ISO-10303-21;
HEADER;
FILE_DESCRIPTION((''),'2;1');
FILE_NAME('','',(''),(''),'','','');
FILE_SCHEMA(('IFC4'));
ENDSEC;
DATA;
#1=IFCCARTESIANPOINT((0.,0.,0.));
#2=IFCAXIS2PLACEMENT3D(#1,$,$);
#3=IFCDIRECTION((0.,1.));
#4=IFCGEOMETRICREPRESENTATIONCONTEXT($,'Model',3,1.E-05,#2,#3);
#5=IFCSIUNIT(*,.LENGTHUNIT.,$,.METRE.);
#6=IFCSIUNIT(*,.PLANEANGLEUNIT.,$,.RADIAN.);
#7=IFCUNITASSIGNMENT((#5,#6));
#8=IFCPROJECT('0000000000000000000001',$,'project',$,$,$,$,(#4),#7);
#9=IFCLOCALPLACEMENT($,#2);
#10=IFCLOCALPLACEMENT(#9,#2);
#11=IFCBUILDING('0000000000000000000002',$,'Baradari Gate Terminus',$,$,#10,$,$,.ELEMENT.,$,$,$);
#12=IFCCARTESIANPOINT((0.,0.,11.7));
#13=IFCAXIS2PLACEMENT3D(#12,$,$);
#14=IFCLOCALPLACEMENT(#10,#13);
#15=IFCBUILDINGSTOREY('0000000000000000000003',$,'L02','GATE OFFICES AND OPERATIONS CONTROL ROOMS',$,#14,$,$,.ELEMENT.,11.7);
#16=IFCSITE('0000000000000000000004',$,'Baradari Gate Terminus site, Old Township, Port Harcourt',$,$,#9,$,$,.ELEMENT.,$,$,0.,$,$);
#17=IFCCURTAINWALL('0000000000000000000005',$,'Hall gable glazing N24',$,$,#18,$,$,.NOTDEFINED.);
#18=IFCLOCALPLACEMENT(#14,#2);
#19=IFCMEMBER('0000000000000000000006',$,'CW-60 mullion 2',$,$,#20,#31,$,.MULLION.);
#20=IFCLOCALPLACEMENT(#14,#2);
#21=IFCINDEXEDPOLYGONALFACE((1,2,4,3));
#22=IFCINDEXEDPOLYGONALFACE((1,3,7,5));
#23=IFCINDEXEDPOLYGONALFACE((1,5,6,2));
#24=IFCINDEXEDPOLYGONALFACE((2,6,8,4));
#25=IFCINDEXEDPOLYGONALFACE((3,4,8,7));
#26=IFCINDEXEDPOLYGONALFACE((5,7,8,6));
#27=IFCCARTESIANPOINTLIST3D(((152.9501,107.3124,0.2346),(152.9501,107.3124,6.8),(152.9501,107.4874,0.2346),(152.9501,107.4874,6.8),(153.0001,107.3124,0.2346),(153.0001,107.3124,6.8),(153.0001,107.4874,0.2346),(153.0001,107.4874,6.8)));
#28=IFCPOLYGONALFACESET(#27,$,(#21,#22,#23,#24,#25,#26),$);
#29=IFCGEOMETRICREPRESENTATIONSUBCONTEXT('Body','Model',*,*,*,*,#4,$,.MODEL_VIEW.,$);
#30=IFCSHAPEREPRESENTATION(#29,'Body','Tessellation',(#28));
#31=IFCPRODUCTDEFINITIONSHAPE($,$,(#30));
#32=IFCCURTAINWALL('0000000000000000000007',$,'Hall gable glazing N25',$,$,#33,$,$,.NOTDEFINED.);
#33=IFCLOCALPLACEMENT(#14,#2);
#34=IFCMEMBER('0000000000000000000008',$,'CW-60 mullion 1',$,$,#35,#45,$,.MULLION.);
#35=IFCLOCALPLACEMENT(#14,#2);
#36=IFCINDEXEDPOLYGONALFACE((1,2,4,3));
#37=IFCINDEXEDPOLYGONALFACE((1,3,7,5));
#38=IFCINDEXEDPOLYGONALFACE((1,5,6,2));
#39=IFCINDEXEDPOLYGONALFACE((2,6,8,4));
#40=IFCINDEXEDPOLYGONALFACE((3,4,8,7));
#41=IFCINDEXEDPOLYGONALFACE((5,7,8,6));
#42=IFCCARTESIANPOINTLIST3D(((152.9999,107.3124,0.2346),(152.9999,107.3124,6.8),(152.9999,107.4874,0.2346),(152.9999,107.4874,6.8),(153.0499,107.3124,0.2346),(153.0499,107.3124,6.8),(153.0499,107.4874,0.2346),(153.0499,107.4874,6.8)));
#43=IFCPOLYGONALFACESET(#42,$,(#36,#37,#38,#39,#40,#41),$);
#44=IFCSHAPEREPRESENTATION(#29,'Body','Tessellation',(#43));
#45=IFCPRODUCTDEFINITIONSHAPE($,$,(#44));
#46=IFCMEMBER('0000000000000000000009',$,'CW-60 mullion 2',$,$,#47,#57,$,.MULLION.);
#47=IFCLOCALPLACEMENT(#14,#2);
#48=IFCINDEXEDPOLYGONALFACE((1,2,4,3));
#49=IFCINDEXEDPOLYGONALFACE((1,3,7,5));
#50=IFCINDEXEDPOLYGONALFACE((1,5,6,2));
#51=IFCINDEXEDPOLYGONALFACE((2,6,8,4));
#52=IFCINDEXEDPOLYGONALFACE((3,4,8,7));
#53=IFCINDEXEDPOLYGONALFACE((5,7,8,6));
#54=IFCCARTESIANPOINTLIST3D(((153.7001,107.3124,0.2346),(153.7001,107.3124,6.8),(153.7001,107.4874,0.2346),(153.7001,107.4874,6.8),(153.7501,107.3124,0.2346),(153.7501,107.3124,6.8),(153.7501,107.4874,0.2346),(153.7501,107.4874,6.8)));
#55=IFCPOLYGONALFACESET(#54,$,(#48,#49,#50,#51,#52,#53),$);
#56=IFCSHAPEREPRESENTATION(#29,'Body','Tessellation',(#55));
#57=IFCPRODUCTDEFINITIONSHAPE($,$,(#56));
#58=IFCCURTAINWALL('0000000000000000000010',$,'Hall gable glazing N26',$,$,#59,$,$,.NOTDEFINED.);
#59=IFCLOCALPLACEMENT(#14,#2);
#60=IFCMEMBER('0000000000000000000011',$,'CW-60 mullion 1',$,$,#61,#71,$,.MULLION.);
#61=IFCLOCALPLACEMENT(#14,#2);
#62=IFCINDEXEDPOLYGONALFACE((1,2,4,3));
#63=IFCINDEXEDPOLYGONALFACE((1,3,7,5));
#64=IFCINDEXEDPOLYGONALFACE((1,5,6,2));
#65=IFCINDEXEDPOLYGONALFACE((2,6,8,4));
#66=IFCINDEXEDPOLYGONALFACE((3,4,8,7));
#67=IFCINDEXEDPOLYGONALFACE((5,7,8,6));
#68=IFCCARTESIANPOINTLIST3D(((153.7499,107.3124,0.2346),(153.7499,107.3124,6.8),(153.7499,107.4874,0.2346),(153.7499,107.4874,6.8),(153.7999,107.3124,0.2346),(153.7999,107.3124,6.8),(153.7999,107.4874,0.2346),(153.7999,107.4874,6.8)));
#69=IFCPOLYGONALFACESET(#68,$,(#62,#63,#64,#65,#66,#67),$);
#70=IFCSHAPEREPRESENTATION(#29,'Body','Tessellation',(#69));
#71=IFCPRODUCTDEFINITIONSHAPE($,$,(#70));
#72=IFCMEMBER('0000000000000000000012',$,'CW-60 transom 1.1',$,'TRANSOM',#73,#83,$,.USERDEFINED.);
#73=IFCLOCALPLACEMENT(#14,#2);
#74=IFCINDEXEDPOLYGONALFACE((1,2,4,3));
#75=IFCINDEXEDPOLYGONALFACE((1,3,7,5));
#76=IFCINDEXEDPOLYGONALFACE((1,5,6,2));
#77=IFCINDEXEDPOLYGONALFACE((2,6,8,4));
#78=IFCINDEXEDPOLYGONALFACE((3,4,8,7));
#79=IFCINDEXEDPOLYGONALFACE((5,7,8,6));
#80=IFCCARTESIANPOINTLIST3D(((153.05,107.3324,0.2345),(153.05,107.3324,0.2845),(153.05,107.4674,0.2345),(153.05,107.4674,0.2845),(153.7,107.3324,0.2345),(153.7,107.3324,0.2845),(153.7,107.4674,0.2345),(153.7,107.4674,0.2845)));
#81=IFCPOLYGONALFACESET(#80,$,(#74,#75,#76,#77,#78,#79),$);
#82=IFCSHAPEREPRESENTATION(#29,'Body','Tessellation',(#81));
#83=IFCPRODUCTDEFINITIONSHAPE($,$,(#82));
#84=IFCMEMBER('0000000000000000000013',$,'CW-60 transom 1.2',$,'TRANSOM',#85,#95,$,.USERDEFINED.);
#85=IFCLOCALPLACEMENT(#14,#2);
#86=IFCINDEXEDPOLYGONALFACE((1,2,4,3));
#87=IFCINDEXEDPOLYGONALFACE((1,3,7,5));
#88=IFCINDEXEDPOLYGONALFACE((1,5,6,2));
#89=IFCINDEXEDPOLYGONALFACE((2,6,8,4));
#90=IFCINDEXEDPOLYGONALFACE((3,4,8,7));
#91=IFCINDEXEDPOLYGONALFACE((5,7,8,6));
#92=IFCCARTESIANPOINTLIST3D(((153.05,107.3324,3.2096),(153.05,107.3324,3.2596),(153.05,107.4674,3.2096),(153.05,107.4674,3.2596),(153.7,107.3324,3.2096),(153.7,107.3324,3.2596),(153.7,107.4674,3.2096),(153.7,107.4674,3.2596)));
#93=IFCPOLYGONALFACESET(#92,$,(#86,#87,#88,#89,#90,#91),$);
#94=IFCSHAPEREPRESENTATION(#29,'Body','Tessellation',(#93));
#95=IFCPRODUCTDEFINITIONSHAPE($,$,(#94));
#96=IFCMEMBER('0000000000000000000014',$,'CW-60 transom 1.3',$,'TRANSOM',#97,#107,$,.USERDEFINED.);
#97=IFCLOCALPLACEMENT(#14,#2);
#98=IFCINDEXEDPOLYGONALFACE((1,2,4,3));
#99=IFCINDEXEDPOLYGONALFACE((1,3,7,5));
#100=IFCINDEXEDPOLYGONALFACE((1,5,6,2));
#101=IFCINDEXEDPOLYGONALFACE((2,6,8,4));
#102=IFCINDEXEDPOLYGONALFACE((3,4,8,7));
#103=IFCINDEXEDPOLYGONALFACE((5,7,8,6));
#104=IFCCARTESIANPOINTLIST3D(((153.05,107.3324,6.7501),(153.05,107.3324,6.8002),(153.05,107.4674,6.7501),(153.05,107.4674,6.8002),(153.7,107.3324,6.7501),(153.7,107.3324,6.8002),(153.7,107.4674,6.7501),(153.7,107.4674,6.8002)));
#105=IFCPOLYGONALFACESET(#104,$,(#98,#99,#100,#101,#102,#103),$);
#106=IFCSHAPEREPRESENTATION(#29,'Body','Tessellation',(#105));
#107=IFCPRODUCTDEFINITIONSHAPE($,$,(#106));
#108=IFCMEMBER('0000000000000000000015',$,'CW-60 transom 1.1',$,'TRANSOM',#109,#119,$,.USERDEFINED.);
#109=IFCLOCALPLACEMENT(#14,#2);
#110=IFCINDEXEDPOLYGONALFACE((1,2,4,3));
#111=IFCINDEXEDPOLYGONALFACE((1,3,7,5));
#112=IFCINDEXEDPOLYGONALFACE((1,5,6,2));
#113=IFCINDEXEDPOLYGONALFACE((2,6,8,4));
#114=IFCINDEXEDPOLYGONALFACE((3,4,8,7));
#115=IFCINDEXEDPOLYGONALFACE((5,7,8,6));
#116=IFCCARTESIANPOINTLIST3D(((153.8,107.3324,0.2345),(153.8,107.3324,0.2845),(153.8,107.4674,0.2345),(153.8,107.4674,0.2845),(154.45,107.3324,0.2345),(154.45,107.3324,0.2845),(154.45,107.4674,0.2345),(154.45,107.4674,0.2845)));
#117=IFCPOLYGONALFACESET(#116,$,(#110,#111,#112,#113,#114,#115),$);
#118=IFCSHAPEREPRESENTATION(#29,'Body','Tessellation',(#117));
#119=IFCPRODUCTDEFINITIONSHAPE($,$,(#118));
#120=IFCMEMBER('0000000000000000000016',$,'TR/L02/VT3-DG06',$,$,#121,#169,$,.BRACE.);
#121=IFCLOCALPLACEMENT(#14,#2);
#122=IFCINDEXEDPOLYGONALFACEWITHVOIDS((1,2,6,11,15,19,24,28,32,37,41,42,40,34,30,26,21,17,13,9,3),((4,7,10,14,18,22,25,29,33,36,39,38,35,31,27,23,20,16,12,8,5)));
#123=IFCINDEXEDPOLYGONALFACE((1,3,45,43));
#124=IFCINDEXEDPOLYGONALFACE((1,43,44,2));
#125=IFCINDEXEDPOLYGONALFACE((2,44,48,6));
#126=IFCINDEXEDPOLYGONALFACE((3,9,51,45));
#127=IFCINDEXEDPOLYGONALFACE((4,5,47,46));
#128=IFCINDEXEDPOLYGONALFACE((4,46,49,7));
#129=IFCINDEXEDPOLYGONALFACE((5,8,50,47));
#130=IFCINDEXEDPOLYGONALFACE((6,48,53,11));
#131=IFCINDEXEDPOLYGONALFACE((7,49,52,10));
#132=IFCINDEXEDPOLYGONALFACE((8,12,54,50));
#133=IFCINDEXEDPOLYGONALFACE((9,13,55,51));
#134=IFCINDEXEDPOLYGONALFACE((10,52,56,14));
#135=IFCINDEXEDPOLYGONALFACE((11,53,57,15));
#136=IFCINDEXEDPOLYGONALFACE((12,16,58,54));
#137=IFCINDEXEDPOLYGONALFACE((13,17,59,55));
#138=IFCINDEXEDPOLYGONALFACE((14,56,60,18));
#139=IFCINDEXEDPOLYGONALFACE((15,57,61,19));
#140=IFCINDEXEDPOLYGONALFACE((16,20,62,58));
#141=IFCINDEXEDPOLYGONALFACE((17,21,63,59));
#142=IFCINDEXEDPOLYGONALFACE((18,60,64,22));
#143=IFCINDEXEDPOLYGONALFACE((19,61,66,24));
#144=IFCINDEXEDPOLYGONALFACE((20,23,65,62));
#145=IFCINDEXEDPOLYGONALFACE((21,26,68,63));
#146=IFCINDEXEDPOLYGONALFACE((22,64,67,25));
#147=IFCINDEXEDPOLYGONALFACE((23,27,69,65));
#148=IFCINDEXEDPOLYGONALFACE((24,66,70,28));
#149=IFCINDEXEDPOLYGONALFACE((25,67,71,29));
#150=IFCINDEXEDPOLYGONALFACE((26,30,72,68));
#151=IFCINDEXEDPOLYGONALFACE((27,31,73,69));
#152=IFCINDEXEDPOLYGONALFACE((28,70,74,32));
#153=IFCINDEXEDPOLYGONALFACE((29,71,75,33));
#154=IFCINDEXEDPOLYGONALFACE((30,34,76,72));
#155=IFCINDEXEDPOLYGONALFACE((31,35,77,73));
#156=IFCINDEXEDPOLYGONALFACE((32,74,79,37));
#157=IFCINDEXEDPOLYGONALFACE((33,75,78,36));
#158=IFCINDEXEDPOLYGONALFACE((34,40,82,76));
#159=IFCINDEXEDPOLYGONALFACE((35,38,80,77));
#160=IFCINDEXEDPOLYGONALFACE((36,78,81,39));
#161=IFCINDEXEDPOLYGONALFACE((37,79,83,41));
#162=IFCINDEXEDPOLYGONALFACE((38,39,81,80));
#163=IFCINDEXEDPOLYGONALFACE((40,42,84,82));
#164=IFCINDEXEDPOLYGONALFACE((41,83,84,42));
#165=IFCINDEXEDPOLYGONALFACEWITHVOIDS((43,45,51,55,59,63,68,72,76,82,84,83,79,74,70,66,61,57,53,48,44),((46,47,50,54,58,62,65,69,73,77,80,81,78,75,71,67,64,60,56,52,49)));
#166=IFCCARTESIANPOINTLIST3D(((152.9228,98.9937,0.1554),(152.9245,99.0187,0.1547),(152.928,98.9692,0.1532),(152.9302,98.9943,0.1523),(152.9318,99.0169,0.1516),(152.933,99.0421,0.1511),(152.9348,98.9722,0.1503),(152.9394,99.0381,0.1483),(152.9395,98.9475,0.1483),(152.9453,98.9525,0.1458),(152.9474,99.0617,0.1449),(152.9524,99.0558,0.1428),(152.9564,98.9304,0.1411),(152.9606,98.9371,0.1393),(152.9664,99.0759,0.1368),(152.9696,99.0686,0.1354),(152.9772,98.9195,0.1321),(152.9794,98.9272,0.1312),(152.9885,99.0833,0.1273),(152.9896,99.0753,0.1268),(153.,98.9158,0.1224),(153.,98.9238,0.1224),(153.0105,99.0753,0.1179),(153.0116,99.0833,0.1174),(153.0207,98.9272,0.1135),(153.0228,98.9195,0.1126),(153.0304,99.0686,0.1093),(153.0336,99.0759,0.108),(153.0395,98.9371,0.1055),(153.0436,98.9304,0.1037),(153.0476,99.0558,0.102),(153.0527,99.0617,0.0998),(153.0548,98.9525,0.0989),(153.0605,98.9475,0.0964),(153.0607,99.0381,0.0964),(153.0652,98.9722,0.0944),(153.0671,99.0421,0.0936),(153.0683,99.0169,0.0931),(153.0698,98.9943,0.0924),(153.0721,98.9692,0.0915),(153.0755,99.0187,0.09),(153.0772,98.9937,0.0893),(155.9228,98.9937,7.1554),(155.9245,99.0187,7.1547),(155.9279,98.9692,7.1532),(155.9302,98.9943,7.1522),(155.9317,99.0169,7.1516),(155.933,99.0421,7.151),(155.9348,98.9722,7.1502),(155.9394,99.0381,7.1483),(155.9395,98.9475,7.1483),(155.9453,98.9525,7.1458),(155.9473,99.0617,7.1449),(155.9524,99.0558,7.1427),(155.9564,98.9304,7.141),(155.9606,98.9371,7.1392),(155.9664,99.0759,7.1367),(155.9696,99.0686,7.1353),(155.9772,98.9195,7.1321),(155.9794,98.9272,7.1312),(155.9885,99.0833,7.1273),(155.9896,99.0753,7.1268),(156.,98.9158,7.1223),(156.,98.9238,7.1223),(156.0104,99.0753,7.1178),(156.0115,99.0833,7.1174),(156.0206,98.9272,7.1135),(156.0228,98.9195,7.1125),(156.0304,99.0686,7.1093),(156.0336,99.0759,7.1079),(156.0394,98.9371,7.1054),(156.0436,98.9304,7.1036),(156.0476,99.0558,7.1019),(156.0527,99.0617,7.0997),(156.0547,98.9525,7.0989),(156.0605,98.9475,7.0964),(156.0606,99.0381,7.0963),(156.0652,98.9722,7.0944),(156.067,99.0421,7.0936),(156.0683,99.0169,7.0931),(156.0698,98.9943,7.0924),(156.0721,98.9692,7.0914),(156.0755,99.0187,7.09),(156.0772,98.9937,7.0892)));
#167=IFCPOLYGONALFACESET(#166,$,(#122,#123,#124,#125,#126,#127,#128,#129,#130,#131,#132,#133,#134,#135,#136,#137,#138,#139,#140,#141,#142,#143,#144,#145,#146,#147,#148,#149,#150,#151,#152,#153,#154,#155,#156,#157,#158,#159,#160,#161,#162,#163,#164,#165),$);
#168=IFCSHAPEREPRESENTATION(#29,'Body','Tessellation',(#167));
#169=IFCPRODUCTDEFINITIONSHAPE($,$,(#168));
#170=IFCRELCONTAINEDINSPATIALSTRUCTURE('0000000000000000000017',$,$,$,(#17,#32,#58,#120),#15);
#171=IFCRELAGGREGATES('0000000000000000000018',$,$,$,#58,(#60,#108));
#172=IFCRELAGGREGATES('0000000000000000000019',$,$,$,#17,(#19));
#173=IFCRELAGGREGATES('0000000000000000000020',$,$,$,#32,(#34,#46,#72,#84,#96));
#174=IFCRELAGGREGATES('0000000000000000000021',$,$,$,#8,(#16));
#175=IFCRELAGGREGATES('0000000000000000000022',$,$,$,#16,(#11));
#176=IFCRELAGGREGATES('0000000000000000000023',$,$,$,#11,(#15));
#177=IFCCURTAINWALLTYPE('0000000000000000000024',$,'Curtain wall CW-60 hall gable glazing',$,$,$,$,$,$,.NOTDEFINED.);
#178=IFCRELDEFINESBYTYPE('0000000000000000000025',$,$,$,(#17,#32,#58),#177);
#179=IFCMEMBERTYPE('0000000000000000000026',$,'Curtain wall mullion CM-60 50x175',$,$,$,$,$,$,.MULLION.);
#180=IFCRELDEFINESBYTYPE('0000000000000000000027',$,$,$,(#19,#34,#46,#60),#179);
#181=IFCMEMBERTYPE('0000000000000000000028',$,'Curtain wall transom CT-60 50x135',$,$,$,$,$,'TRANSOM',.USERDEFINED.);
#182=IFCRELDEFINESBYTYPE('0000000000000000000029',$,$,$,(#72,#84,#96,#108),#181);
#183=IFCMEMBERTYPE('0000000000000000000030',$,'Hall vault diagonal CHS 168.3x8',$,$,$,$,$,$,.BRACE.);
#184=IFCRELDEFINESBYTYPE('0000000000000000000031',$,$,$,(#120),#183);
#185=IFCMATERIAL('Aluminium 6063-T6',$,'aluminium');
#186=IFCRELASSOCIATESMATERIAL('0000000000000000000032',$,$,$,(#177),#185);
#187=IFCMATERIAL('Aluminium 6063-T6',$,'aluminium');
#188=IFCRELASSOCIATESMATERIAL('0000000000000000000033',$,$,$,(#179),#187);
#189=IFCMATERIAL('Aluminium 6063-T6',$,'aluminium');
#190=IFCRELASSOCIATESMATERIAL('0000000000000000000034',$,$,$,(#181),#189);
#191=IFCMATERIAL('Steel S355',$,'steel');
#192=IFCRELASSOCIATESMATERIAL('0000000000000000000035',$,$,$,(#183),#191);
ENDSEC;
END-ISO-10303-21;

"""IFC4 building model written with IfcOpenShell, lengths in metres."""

from ifc_helpers import new_model, si_unit, direction, frame, origin, origin_2d, place, context, subcontext, project, spatial, rectangle, hollow_circle, extrude, material, material_profile, profile_set, type_object, element, aggregate, save


model = new_model("IFC4")

# Units and contexts
model_context = context("Model", 3, precision=1e-05, world=origin(), true_north=direction((0.0, 1.0)))
body_context = subcontext(model_context, "Body", "Model", "MODEL_VIEW")
ifc_project = project(units=[si_unit("LENGTHUNIT", "METRE"), si_unit("PLANEANGLEUNIT", "RADIAN")], contexts=[model_context])

# Site, building, storey
site_placement = place(None, origin())
site = spatial("IfcSite", under=ifc_project, at=site_placement, Name="Baradari Gate Terminus site, Old Township, Port Harcourt", CompositionType="ELEMENT", RefElevation=0.0)
building_placement = place(site_placement, origin())
building = spatial("IfcBuilding", under=site, at=building_placement, Name="Baradari Gate Terminus", CompositionType="ELEMENT")
storey_placement = place(building_placement, frame((0.0, 0.0, 11.7)))
storey = spatial("IfcBuildingStorey", under=building, at=storey_placement, Name="L02", Description="GATE OFFICES AND OPERATIONS CONTROL ROOMS", CompositionType="ELEMENT", Elevation=11.7)

# Curtain wall, member
ifc_material_1 = material(Name="Aluminium 6063-T6", Category="aluminium")
curtain_wall_type = type_object("IfcCurtainWallType", Name="Curtain wall CW-60 hall gable glazing", PredefinedType="NOTDEFINED", material=ifc_material_1)
curtain_wall_1_placement = place(storey_placement, origin())
curtain_wall_1 = element("IfcCurtainWall", 1, at=curtain_wall_1_placement, inside=storey, type_object=curtain_wall_type, Name="Hall gable glazing N24", PredefinedType="NOTDEFINED")
ifc_material_2 = material(Name="Aluminium 6063-T6", Category="aluminium")
ifc_material_profile_1 = material_profile(ifc_material_2, rectangle(XDim=0.175, YDim=0.05, at=origin_2d()), Name="CM-60 50X175")
ifc_profile_set_1 = profile_set([ifc_material_profile_1], Name="Aluminium 6063-T6")
member_type_1 = type_object("IfcMemberType", Name="Curtain wall mullion CM-60 50x175", PredefinedType="MULLION", material=ifc_profile_set_1)
member_1_placement = place(storey_placement, frame((152.9751, 107.3999, 0.2346), z_axis=(0.0, 0.0, 1.0), x_axis=(0.0, 1.0, 0.0)))
member_1 = element("IfcMember", 2, at=member_1_placement, type_object=member_type_1, Name="CW-60 mullion 2", PredefinedType="MULLION", context=body_context, shape_type="SweptSolid", body=[
    extrude(rectangle(XDim=0.175, YDim=0.05, at=origin_2d()), origin(), (0.0, 0.0, 1.0), 6.5654),
])

# Curtain wall, members
curtain_wall_2_placement = place(storey_placement, origin())
curtain_wall_2 = element("IfcCurtainWall", 3, at=curtain_wall_2_placement, inside=storey, type_object=curtain_wall_type, Name="Hall gable glazing N25", PredefinedType="NOTDEFINED")
member_2_placement = place(storey_placement, frame((153.0249, 107.3999, 0.2346), z_axis=(0.0, 0.0, 1.0), x_axis=(0.0, 1.0, 0.0)))
member_2 = element("IfcMember", 4, at=member_2_placement, type_object=member_type_1, Name="CW-60 mullion 1", PredefinedType="MULLION", context=body_context, shape_type="SweptSolid", body=[
    extrude(rectangle(XDim=0.175, YDim=0.05, at=origin_2d()), origin(), (0.0, 0.0, 1.0), 6.5654),
])
member_3_placement = place(storey_placement, frame((153.7251, 107.3999, 0.2346), z_axis=(0.0, 0.0, 1.0), x_axis=(0.0, 1.0, 0.0)))
member_3 = element("IfcMember", 5, at=member_3_placement, type_object=member_type_1, Name="CW-60 mullion 2", PredefinedType="MULLION", context=body_context, shape_type="SweptSolid", body=[
    extrude(rectangle(XDim=0.175, YDim=0.05, at=origin_2d()), origin(), (0.0, 0.0, 1.0), 6.5654),
])

# Curtain wall, member
curtain_wall_3_placement = place(storey_placement, origin())
curtain_wall_3 = element("IfcCurtainWall", 6, at=curtain_wall_3_placement, inside=storey, type_object=curtain_wall_type, Name="Hall gable glazing N26", PredefinedType="NOTDEFINED")
member_4_placement = place(storey_placement, frame((153.7749, 107.3999, 0.2346), z_axis=(0.0, 0.0, 1.0), x_axis=(0.0, 1.0, 0.0)))
member_4 = element("IfcMember", 7, at=member_4_placement, type_object=member_type_1, Name="CW-60 mullion 1", PredefinedType="MULLION", context=body_context, shape_type="SweptSolid", body=[
    extrude(rectangle(XDim=0.175, YDim=0.05, at=origin_2d()), origin(), (0.0, 0.0, 1.0), 6.5654),
])

# Members
ifc_material_3 = material(Name="Aluminium 6063-T6", Category="aluminium")
ifc_material_profile_2 = material_profile(ifc_material_3, rectangle(XDim=0.135, YDim=0.05, at=origin_2d()), Name="CT-60 50X135")
ifc_profile_set_2 = profile_set([ifc_material_profile_2], Name="Aluminium 6063-T6")
member_type_2 = type_object("IfcMemberType", Name="Curtain wall transom CT-60 50x135", ElementType="TRANSOM", PredefinedType="USERDEFINED", material=ifc_profile_set_2)
member_5_placement = place(storey_placement, frame((153.05, 107.3999, 0.2595), z_axis=(1.0, 0.0, 0.0), x_axis=(0.0, 1.0, 0.0)))
member_5 = element("IfcMember", 8, at=member_5_placement, type_object=member_type_2, Name="CW-60 transom 1.1", ObjectType="TRANSOM", PredefinedType="USERDEFINED", context=body_context, shape_type="SweptSolid", body=[
    extrude(rectangle(XDim=0.135, YDim=0.05, at=origin_2d()), origin(), (0.0, 0.0, 1.0), 0.6499),
])
member_6_placement = place(storey_placement, frame((153.05, 107.3999, 3.2346), z_axis=(1.0, 0.0, 0.0), x_axis=(0.0, 1.0, 0.0)))
member_6 = element("IfcMember", 9, at=member_6_placement, type_object=member_type_2, Name="CW-60 transom 1.2", ObjectType="TRANSOM", PredefinedType="USERDEFINED", context=body_context, shape_type="SweptSolid", body=[
    extrude(rectangle(XDim=0.135, YDim=0.05, at=origin_2d()), origin(), (0.0, 0.0, 1.0), 0.6499),
])
member_7_placement = place(storey_placement, frame((153.05, 107.3999, 6.7751), z_axis=(1.0, 0.0, 0.0), x_axis=(0.0, 1.0, 0.0)))
member_7 = element("IfcMember", 10, at=member_7_placement, type_object=member_type_2, Name="CW-60 transom 1.3", ObjectType="TRANSOM", PredefinedType="USERDEFINED", context=body_context, shape_type="SweptSolid", body=[
    extrude(rectangle(XDim=0.135, YDim=0.05, at=origin_2d()), origin(), (0.0, 0.0, 1.0), 0.6499),
])
member_8_placement = place(storey_placement, frame((153.8, 107.3999, 0.2595), z_axis=(1.0, 0.0, 0.0), x_axis=(0.0, 1.0, 0.0)))
member_8 = element("IfcMember", 11, at=member_8_placement, type_object=member_type_2, Name="CW-60 transom 1.1", ObjectType="TRANSOM", PredefinedType="USERDEFINED", context=body_context, shape_type="SweptSolid", body=[
    extrude(rectangle(XDim=0.135, YDim=0.05, at=origin_2d()), origin(), (0.0, 0.0, 1.0), 0.6499),
])
aggregate(curtain_wall_3, [member_4, member_8])

# Member
ifc_material_4 = material(Name="Steel S355", Category="steel")
ifc_material_profile_3 = material_profile(ifc_material_4, hollow_circle(Radius=0.0842, WallThickness=0.0081, at=origin_2d()), Name="CHS 168.3x8")
ifc_profile_set_3 = profile_set([ifc_material_profile_3], Name="Steel S355")
member_type_3 = type_object("IfcMemberType", Name="Hall vault diagonal CHS 168.3x8", PredefinedType="BRACE", material=ifc_profile_set_3)
for number, where, z_axis, x_axis, name in (
    (12, (156.0, 99.0, 7.1223), (-0.393919, 0.0, -0.919145), (0.0, -1.0, 0.0), "TR/L02/VT3-DG06"),
):
    element("IfcMember", number, at=place(storey_placement, frame(where, z_axis=z_axis, x_axis=x_axis)), inside=storey, type_object=member_type_3, Name=name, PredefinedType="BRACE", context=body_context, shape_type="SweptSolid", body=[
        extrude(hollow_circle(Radius=0.0842, WallThickness=0.0081, at=origin_2d()), origin(), (0.0, 0.0, 1.0), 7.6157),
    ])

aggregate(curtain_wall_1, [member_1])
aggregate(curtain_wall_2, [member_2, member_3, member_5, member_6, member_7])

save(model, "model.ifc")
